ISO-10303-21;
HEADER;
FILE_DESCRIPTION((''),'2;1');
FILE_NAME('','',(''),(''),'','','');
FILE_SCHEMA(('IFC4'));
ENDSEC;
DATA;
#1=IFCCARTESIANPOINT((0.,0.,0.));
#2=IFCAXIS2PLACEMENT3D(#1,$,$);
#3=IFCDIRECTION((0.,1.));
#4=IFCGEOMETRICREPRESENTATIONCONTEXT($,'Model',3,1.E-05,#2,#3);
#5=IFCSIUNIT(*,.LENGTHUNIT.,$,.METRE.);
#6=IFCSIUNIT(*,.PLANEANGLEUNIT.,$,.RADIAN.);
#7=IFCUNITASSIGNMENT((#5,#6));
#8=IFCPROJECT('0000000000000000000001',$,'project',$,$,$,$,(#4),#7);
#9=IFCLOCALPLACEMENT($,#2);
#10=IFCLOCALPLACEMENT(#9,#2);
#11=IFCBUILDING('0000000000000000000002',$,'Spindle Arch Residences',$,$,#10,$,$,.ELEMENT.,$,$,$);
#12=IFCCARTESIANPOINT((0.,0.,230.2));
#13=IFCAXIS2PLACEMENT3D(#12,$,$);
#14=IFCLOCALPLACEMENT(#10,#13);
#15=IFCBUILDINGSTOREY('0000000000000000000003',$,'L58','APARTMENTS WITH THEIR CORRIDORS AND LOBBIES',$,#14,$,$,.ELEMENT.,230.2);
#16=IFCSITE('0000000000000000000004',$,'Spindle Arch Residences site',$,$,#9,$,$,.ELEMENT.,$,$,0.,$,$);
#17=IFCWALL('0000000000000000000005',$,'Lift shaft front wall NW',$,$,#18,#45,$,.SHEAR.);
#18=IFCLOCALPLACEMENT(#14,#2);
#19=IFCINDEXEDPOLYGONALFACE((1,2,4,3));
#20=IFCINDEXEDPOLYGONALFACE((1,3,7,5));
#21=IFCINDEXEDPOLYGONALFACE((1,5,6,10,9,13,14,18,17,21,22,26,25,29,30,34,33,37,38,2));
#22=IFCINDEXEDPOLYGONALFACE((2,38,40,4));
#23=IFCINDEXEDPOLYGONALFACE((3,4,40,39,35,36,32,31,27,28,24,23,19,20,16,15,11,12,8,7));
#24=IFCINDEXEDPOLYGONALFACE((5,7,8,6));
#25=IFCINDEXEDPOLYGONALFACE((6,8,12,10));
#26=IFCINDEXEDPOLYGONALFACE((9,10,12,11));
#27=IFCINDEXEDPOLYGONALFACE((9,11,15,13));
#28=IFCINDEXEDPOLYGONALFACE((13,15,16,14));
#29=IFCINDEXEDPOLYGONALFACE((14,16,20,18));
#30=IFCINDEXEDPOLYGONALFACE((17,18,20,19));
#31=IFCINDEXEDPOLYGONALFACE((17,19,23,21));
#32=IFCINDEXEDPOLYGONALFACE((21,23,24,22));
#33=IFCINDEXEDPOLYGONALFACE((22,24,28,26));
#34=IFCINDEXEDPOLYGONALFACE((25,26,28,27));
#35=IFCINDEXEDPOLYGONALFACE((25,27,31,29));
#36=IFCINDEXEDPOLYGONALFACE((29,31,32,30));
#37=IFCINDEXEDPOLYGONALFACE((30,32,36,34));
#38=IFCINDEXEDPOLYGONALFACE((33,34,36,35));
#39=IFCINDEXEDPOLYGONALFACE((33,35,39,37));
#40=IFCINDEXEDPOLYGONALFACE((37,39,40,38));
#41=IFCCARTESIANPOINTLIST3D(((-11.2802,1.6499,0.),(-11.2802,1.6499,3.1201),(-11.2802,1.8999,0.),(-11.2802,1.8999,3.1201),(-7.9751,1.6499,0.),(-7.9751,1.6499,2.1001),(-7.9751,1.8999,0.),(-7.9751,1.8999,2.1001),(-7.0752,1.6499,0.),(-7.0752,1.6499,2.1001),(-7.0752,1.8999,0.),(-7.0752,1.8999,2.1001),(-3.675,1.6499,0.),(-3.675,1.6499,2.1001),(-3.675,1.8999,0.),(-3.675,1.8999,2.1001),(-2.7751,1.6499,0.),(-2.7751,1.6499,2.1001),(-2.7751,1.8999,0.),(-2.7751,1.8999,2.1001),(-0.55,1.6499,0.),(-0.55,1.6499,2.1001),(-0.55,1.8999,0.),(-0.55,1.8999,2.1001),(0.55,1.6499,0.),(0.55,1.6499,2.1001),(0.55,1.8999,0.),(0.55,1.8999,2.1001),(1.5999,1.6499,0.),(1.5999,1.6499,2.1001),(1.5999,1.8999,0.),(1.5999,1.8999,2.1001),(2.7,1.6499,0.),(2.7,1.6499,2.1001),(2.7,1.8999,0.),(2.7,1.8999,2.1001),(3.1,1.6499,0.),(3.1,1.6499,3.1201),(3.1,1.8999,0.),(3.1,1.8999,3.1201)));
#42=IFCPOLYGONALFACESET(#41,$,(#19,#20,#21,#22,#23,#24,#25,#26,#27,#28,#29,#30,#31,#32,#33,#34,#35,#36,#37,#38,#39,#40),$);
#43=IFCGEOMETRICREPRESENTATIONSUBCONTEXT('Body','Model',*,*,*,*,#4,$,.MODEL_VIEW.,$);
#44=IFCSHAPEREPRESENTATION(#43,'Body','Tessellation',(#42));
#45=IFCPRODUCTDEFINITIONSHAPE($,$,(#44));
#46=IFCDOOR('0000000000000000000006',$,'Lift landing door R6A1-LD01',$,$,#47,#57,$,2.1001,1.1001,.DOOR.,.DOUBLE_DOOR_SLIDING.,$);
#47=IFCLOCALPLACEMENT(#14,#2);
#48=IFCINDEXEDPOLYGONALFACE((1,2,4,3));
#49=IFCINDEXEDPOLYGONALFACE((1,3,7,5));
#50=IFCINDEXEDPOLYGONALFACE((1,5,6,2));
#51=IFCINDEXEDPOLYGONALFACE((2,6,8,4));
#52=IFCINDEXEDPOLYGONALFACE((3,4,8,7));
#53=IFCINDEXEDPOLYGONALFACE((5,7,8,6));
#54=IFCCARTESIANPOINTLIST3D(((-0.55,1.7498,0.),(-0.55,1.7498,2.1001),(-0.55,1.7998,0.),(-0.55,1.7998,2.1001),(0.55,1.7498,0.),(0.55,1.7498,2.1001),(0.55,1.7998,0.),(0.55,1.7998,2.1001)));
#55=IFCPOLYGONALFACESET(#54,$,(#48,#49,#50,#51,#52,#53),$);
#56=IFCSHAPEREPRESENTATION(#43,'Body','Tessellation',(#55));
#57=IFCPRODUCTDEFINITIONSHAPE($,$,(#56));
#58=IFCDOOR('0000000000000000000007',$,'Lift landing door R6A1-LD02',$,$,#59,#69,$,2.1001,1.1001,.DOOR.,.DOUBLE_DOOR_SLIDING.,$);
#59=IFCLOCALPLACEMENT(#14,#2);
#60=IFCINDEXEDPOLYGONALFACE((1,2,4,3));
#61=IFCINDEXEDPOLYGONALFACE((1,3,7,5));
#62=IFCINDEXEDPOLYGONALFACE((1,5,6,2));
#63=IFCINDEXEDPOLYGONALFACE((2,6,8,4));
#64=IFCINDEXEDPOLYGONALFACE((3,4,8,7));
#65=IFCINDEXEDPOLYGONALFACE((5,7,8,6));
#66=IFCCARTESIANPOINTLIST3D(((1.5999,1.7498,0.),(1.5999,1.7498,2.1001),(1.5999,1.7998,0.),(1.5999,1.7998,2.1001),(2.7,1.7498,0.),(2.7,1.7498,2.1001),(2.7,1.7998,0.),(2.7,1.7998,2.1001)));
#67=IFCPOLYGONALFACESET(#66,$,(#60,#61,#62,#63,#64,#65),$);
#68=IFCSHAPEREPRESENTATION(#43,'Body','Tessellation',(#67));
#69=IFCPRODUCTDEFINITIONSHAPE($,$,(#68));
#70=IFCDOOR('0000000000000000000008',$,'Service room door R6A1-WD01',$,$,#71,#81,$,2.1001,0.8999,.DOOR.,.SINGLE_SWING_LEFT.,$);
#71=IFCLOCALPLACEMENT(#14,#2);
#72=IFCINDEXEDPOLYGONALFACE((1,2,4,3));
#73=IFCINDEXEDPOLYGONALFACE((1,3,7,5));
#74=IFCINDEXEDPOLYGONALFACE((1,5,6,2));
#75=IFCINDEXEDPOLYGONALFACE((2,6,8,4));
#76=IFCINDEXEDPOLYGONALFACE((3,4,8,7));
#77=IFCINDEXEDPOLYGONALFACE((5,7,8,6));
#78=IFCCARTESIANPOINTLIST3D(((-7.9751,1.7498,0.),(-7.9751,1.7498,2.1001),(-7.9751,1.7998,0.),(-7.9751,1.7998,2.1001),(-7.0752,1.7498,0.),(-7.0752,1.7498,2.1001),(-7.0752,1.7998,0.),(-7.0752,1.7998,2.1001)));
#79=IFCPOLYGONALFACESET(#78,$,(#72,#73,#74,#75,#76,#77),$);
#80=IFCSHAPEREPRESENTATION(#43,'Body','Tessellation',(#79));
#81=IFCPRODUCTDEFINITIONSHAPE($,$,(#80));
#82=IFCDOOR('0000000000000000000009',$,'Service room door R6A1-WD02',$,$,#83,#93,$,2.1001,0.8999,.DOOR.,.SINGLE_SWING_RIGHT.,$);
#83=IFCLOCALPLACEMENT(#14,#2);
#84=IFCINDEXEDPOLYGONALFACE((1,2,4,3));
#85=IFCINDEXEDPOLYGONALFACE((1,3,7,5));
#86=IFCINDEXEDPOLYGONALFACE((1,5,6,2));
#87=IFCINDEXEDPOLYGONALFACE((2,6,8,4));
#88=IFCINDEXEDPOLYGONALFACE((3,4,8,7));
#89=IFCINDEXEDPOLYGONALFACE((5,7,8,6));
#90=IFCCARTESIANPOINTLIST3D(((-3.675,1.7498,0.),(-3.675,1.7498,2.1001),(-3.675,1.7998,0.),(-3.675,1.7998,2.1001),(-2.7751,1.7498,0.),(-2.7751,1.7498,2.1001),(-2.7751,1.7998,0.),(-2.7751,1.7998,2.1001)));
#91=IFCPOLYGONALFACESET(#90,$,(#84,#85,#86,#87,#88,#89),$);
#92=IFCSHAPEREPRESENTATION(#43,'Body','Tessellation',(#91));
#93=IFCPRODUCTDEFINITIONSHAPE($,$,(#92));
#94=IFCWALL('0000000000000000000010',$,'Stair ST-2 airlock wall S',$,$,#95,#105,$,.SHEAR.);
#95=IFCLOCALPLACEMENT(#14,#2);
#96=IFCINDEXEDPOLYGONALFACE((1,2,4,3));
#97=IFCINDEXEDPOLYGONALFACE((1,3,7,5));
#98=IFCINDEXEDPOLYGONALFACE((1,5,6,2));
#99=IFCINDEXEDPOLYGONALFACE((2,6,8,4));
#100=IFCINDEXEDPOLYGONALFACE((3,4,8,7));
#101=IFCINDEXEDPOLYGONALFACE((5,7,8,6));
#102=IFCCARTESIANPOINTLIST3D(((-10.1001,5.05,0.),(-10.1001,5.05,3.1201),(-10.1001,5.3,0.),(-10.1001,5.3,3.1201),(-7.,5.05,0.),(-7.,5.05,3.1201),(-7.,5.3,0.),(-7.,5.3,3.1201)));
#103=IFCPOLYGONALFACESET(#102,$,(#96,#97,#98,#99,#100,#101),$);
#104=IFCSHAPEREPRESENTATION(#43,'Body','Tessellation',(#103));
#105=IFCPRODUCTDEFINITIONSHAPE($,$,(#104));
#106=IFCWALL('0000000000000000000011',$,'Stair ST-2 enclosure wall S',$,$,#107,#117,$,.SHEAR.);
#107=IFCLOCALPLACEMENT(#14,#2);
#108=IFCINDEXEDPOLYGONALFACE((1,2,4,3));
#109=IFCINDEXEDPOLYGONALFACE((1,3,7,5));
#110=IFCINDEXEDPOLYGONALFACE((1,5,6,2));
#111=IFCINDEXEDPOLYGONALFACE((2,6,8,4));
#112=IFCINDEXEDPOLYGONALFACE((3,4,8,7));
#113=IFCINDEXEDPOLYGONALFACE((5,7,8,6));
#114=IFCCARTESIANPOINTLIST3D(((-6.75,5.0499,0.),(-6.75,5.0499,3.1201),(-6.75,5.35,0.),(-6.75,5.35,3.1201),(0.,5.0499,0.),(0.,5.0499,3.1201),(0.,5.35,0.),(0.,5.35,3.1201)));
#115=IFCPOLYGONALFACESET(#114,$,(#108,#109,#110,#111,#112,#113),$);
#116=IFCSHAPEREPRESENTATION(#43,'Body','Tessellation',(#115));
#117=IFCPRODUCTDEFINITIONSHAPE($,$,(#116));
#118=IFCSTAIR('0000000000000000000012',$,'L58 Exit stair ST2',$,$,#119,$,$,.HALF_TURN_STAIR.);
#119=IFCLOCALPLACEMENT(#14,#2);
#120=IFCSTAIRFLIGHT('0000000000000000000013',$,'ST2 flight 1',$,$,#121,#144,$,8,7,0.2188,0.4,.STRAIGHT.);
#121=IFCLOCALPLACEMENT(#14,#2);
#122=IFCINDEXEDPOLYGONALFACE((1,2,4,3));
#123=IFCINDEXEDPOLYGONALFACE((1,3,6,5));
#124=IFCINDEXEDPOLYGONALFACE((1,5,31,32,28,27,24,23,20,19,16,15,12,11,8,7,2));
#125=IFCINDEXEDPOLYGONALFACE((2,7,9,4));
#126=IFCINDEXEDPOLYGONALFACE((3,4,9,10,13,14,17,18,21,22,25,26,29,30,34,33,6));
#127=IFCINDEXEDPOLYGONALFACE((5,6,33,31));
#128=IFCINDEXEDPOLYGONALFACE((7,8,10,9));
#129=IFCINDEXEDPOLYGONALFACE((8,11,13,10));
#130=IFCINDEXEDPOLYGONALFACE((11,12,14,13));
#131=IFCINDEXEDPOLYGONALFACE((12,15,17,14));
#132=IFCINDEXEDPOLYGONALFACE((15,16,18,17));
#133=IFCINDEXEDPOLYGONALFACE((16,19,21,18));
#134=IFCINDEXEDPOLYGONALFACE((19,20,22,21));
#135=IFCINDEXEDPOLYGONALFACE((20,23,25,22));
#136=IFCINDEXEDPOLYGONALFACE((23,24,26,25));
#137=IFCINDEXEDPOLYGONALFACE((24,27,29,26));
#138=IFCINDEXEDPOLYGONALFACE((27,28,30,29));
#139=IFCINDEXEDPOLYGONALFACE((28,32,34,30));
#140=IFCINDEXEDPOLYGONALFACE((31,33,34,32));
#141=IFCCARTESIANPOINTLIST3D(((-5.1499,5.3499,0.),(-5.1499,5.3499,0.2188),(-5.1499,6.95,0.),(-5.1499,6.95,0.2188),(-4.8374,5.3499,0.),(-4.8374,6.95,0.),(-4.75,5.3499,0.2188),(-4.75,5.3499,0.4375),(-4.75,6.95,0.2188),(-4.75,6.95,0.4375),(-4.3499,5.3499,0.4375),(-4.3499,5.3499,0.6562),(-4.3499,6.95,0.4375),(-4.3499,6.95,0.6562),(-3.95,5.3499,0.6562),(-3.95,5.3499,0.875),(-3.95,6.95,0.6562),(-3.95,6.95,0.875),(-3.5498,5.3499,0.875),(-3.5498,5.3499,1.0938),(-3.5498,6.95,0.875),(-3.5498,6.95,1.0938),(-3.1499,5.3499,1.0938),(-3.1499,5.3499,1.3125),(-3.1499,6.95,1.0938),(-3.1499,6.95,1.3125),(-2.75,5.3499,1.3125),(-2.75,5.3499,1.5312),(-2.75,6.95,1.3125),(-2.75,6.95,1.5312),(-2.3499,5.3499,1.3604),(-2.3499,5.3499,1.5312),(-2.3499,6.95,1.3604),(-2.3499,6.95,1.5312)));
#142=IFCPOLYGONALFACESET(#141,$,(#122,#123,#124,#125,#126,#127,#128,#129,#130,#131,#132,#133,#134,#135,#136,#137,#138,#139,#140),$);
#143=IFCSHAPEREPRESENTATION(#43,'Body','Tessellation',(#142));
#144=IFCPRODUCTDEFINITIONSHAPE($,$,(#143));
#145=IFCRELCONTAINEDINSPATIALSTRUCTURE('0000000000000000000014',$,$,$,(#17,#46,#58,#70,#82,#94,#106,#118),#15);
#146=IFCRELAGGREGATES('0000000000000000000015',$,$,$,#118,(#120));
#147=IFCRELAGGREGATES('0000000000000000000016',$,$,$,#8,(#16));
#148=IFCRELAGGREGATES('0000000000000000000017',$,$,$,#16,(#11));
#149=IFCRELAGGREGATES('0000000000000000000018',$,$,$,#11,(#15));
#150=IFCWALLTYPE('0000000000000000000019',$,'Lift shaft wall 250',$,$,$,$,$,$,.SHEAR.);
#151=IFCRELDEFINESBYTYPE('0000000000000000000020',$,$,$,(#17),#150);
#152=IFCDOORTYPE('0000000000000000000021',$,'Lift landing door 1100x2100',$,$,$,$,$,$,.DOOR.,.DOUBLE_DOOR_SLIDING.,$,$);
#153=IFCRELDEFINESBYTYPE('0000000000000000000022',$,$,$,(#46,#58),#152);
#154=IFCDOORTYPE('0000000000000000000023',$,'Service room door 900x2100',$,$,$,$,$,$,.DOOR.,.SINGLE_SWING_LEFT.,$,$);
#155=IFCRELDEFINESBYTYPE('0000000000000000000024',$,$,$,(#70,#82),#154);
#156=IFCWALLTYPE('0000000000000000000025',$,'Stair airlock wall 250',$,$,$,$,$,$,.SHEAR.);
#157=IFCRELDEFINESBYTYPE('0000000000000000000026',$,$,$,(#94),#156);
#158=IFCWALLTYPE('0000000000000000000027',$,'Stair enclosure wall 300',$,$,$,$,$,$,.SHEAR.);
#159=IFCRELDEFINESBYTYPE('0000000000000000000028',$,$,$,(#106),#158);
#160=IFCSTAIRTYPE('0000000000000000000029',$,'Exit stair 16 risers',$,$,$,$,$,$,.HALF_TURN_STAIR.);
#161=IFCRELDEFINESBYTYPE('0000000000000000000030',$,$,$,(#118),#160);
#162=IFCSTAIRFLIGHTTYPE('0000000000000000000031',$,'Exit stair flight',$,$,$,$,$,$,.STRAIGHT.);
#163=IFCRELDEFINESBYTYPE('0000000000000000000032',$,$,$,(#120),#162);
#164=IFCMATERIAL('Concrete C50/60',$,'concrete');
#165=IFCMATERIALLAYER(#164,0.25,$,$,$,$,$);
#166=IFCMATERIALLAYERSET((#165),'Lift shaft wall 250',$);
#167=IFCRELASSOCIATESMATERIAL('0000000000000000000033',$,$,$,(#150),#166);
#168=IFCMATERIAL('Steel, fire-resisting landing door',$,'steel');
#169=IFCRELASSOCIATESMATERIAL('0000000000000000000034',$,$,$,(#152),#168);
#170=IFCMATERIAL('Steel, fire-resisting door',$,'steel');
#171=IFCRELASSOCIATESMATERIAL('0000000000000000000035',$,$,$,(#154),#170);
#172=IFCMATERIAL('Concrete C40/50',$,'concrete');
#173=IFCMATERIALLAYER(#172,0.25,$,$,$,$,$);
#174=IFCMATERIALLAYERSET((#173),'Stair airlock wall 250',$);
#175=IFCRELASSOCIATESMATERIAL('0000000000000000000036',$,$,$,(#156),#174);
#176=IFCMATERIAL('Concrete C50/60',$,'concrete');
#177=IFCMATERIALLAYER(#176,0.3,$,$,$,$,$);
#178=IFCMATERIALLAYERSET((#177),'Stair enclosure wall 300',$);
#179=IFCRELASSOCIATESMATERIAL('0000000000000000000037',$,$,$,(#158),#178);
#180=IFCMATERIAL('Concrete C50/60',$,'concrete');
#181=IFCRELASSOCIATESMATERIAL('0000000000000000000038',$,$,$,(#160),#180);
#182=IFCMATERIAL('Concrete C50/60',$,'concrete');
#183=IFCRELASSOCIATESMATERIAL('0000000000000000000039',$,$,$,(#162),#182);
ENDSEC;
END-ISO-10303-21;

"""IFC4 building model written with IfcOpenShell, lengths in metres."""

from ifc_helpers import new_model, si_unit, direction, frame, frame_2d, origin, place, context, subcontext, project, spatial, polyline, rectangle, outline, extrude, material, layer, layer_set, type_object, element, fill, aggregate, save


model = new_model("IFC4")

# Units and contexts
model_context = context("Model", 3, precision=1e-05, world=origin(), true_north=direction((0.0, 1.0)))
body_context = subcontext(model_context, "Body", "Model", "MODEL_VIEW")
ifc_project = project(units=[si_unit("LENGTHUNIT", "METRE"), si_unit("PLANEANGLEUNIT", "RADIAN")], contexts=[model_context])

# Site, building, storey
site_placement = place(None, origin())
site = spatial("IfcSite", under=ifc_project, at=site_placement, Name="Spindle Arch Residences site", CompositionType="ELEMENT", RefElevation=0.0)
building_placement = place(site_placement, origin())
building = spatial("IfcBuilding", under=site, at=building_placement, Name="Spindle Arch Residences", CompositionType="ELEMENT")
storey_placement = place(building_placement, frame((0.0, 0.0, 230.2)))
storey = spatial("IfcBuildingStorey", under=building, at=storey_placement, Name="L58", Description="APARTMENTS WITH THEIR CORRIDORS AND LOBBIES", CompositionType="ELEMENT", Elevation=230.2)

# Wall, openings, doors
ifc_material_1 = material(Name="Concrete C50/60", Category="concrete")
ifc_layer_1 = layer(ifc_material_1, 0.25)
ifc_layer_set_1 = layer_set([ifc_layer_1], Name="Lift shaft wall 250")
wall_type_1 = type_object("IfcWallType", Name="Lift shaft wall 250", PredefinedType="SHEAR", material=ifc_layer_set_1)
wall_1_placement = place(storey_placement, frame((-11.28, 1.7749, 0.0), z_axis=(0.0, 0.0, 1.0), x_axis=(1.0, 0.0, 0.0)))
wall_1 = element("IfcWall", 1, at=wall_1_placement, inside=storey, type_object=wall_type_1, Name="Lift shaft front wall NW", PredefinedType="SHEAR", context=body_context, shape_type="SweptSolid", body=[
    extrude(rectangle(XDim=14.3801, YDim=0.25, at=frame_2d((7.1899, 0.0))), origin(), (0.0, 0.0, 1.0), 3.1201),
])
opening_1_placement = place(wall_1_placement, frame((10.73, 0.0, 0.0)))
opening_1 = element("IfcOpeningElement", 2, at=opening_1_placement, cuts=wall_1, PredefinedType="OPENING", context=body_context, shape_type="SweptSolid", body=[
    extrude(rectangle(XDim=1.1001, YDim=2.1001, at=frame_2d((0.55, 1.05))), frame((0.0, 0.135, 0.0), z_axis=(0.0, -1.0, 0.0), x_axis=(1.0, 0.0, 0.0)), (0.0, 0.0, 1.0), 0.27),
])
opening_2_placement = place(wall_1_placement, frame((12.8799, 0.0, 0.0)))
opening_2 = element("IfcOpeningElement", 3, at=opening_2_placement, cuts=wall_1, PredefinedType="OPENING", context=body_context, shape_type="SweptSolid", body=[
    extrude(rectangle(XDim=1.1001, YDim=2.1001, at=frame_2d((0.55, 1.05))), frame((0.0, 0.135, 0.0), z_axis=(0.0, -1.0, 0.0), x_axis=(1.0, 0.0, 0.0)), (0.0, 0.0, 1.0), 0.27),
])
opening_3_placement = place(wall_1_placement, frame((3.3049, 0.0, 0.0)))
opening_3 = element("IfcOpeningElement", 4, at=opening_3_placement, cuts=wall_1, PredefinedType="OPENING", context=body_context, shape_type="SweptSolid", body=[
    extrude(rectangle(XDim=0.8999, YDim=2.1001, at=frame_2d((0.45, 1.05))), frame((0.0, 0.135, 0.0), z_axis=(0.0, -1.0, 0.0), x_axis=(1.0, 0.0, 0.0)), (0.0, 0.0, 1.0), 0.27),
])
opening_4_placement = place(wall_1_placement, frame((7.605, 0.0, 0.0)))
opening_4 = element("IfcOpeningElement", 5, at=opening_4_placement, cuts=wall_1, PredefinedType="OPENING", context=body_context, shape_type="SweptSolid", body=[
    extrude(rectangle(XDim=0.8999, YDim=2.1001, at=frame_2d((0.45, 1.05))), frame((0.0, 0.135, 0.0), z_axis=(0.0, -1.0, 0.0), x_axis=(1.0, 0.0, 0.0)), (0.0, 0.0, 1.0), 0.27),
])
ifc_material_2 = material(Name="Steel, fire-resisting landing door", Category="steel")
door_type_1 = type_object("IfcDoorType", Name="Lift landing door 1100x2100", OperationType="DOUBLE_DOOR_SLIDING", PredefinedType="DOOR", material=ifc_material_2)
door_1_placement = place(opening_1_placement, origin())
door_1 = element("IfcDoor", 6, at=door_1_placement, inside=storey, type_object=door_type_1, Name="Lift landing door R6A1-LD01", OperationType="DOUBLE_DOOR_SLIDING", OverallHeight=2.1001, OverallWidth=1.1001, PredefinedType="DOOR", context=body_context, shape_type="SweptSolid", body=[
    extrude(rectangle(XDim=1.1001, YDim=2.1001, at=frame_2d((0.55, 1.05))), frame((0.0, 0.0249, 0.0), z_axis=(0.0, -1.0, 0.0), x_axis=(1.0, 0.0, 0.0)), (0.0, 0.0, 1.0), 0.05),
])
fill(opening_1, door_1)
door_2_placement = place(opening_2_placement, origin())
door_2 = element("IfcDoor", 7, at=door_2_placement, inside=storey, type_object=door_type_1, Name="Lift landing door R6A1-LD02", OperationType="DOUBLE_DOOR_SLIDING", OverallHeight=2.1001, OverallWidth=1.1001, PredefinedType="DOOR", context=body_context, shape_type="SweptSolid", body=[
    extrude(rectangle(XDim=1.1001, YDim=2.1001, at=frame_2d((0.55, 1.05))), frame((0.0, 0.0249, 0.0), z_axis=(0.0, -1.0, 0.0), x_axis=(1.0, 0.0, 0.0)), (0.0, 0.0, 1.0), 0.05),
])
fill(opening_2, door_2)
ifc_material_3 = material(Name="Steel, fire-resisting door", Category="steel")
door_type_2 = type_object("IfcDoorType", Name="Service room door 900x2100", OperationType="SINGLE_SWING_LEFT", PredefinedType="DOOR", material=ifc_material_3)
door_3_placement = place(opening_3_placement, origin())
door_3 = element("IfcDoor", 8, at=door_3_placement, inside=storey, type_object=door_type_2, Name="Service room door R6A1-WD01", OperationType="SINGLE_SWING_LEFT", OverallHeight=2.1001, OverallWidth=0.8999, PredefinedType="DOOR", context=body_context, shape_type="SweptSolid", body=[
    extrude(rectangle(XDim=0.8999, YDim=2.1001, at=frame_2d((0.45, 1.05))), frame((0.0, 0.0249, 0.0), z_axis=(0.0, -1.0, 0.0), x_axis=(1.0, 0.0, 0.0)), (0.0, 0.0, 1.0), 0.05),
])
fill(opening_3, door_3)
door_4_placement = place(opening_4_placement, origin())
door_4 = element("IfcDoor", 9, at=door_4_placement, inside=storey, type_object=door_type_2, Name="Service room door R6A1-WD02", OperationType="SINGLE_SWING_RIGHT", OverallHeight=2.1001, OverallWidth=0.8999, PredefinedType="DOOR", context=body_context, shape_type="SweptSolid", body=[
    extrude(rectangle(XDim=0.8999, YDim=2.1001, at=frame_2d((0.45, 1.05))), frame((0.0, 0.0249, 0.0), z_axis=(0.0, -1.0, 0.0), x_axis=(1.0, 0.0, 0.0)), (0.0, 0.0, 1.0), 0.05),
])
fill(opening_4, door_4)

# Walls
ifc_material_4 = material(Name="Concrete C40/50", Category="concrete")
ifc_layer_2 = layer(ifc_material_4, 0.25)
ifc_layer_set_2 = layer_set([ifc_layer_2], Name="Stair airlock wall 250")
wall_type_2 = type_object("IfcWallType", Name="Stair airlock wall 250", PredefinedType="SHEAR", material=ifc_layer_set_2)
wall_2_placement = place(storey_placement, frame((-7.0, 5.175, 0.0), z_axis=(0.0, 0.0, 1.0), x_axis=(-1.0, 0.0, 0.0)))
element("IfcWall", 10, at=wall_2_placement, inside=storey, type_object=wall_type_2, Name="Stair ST-2 airlock wall S", PredefinedType="SHEAR", context=body_context, shape_type="SweptSolid", body=[
    extrude(rectangle(XDim=3.1001, YDim=0.25, at=frame_2d((1.55, 0.0))), origin(), (0.0, 0.0, 1.0), 3.1201),
])
ifc_material_5 = material(Name="Concrete C50/60", Category="concrete")
ifc_layer_3 = layer(ifc_material_5, 0.3)
ifc_layer_set_3 = layer_set([ifc_layer_3], Name="Stair enclosure wall 300")
wall_type_3 = type_object("IfcWallType", Name="Stair enclosure wall 300", PredefinedType="SHEAR", material=ifc_layer_set_3)
wall_3_placement = place(storey_placement, frame((-6.75, 5.2, 0.0), z_axis=(0.0, 0.0, 1.0), x_axis=(1.0, 0.0, 0.0)))
element("IfcWall", 11, at=wall_3_placement, inside=storey, type_object=wall_type_3, Name="Stair ST-2 enclosure wall S", PredefinedType="SHEAR", context=body_context, shape_type="SweptSolid", body=[
    extrude(rectangle(XDim=6.75, YDim=0.3, at=frame_2d((3.375, 0.0))), origin(), (0.0, 0.0, 1.0), 3.1201),
])

# Stair, stair flight
ifc_material_6 = material(Name="Concrete C50/60", Category="concrete")
stair_type = type_object("IfcStairType", Name="Exit stair 16 risers", PredefinedType="HALF_TURN_STAIR", material=ifc_material_6)
stair_placement = place(storey_placement, origin())
stair = element("IfcStair", 12, at=stair_placement, inside=storey, type_object=stair_type, Name="L58 Exit stair ST2", PredefinedType="HALF_TURN_STAIR")
ifc_material_7 = material(Name="Concrete C50/60", Category="concrete")
stair_flight_type = type_object("IfcStairFlightType", Name="Exit stair flight", PredefinedType="STRAIGHT", material=ifc_material_7)
stair_flight_placement = place(storey_placement, frame((-5.1499, 6.1499, 0.0), z_axis=(0.0, 0.0, 1.0), x_axis=(1.0, 0.0, 0.0)))
stair_flight = element("IfcStairFlight", 13, at=stair_flight_placement, type_object=stair_flight_type, Name="ST2 flight 1", NumberOfRisers=8, NumberOfTreads=7, PredefinedType="STRAIGHT", RiserHeight=0.2188, TreadLength=0.4, context=body_context, shape_type="SweptSolid", body=[
    extrude(outline(polyline([(0.0, 0.0), (0.0, 0.2188), (0.3999, 0.2188), (0.3999, 0.4375), (0.8, 0.4375), (0.8, 0.6562), (1.2, 0.6562), (1.2, 0.875), (1.6001, 0.875), (1.6001, 1.0938), (2.0, 1.0938), (2.0, 1.3125), (2.3999, 1.3125), (2.3999, 1.5312), (2.8, 1.5312), (2.8, 1.75), (2.8, 1.3604), (0.3125, 0.0), (0.0, 0.0)])), frame((0.0, 0.8, 0.0), z_axis=(0.0, -1.0, 0.0), x_axis=(1.0, 0.0, 0.0)), (0.0, 0.0, 1.0), 1.6001),
])
aggregate(stair, [stair_flight])

save(model, "model.ifc")
